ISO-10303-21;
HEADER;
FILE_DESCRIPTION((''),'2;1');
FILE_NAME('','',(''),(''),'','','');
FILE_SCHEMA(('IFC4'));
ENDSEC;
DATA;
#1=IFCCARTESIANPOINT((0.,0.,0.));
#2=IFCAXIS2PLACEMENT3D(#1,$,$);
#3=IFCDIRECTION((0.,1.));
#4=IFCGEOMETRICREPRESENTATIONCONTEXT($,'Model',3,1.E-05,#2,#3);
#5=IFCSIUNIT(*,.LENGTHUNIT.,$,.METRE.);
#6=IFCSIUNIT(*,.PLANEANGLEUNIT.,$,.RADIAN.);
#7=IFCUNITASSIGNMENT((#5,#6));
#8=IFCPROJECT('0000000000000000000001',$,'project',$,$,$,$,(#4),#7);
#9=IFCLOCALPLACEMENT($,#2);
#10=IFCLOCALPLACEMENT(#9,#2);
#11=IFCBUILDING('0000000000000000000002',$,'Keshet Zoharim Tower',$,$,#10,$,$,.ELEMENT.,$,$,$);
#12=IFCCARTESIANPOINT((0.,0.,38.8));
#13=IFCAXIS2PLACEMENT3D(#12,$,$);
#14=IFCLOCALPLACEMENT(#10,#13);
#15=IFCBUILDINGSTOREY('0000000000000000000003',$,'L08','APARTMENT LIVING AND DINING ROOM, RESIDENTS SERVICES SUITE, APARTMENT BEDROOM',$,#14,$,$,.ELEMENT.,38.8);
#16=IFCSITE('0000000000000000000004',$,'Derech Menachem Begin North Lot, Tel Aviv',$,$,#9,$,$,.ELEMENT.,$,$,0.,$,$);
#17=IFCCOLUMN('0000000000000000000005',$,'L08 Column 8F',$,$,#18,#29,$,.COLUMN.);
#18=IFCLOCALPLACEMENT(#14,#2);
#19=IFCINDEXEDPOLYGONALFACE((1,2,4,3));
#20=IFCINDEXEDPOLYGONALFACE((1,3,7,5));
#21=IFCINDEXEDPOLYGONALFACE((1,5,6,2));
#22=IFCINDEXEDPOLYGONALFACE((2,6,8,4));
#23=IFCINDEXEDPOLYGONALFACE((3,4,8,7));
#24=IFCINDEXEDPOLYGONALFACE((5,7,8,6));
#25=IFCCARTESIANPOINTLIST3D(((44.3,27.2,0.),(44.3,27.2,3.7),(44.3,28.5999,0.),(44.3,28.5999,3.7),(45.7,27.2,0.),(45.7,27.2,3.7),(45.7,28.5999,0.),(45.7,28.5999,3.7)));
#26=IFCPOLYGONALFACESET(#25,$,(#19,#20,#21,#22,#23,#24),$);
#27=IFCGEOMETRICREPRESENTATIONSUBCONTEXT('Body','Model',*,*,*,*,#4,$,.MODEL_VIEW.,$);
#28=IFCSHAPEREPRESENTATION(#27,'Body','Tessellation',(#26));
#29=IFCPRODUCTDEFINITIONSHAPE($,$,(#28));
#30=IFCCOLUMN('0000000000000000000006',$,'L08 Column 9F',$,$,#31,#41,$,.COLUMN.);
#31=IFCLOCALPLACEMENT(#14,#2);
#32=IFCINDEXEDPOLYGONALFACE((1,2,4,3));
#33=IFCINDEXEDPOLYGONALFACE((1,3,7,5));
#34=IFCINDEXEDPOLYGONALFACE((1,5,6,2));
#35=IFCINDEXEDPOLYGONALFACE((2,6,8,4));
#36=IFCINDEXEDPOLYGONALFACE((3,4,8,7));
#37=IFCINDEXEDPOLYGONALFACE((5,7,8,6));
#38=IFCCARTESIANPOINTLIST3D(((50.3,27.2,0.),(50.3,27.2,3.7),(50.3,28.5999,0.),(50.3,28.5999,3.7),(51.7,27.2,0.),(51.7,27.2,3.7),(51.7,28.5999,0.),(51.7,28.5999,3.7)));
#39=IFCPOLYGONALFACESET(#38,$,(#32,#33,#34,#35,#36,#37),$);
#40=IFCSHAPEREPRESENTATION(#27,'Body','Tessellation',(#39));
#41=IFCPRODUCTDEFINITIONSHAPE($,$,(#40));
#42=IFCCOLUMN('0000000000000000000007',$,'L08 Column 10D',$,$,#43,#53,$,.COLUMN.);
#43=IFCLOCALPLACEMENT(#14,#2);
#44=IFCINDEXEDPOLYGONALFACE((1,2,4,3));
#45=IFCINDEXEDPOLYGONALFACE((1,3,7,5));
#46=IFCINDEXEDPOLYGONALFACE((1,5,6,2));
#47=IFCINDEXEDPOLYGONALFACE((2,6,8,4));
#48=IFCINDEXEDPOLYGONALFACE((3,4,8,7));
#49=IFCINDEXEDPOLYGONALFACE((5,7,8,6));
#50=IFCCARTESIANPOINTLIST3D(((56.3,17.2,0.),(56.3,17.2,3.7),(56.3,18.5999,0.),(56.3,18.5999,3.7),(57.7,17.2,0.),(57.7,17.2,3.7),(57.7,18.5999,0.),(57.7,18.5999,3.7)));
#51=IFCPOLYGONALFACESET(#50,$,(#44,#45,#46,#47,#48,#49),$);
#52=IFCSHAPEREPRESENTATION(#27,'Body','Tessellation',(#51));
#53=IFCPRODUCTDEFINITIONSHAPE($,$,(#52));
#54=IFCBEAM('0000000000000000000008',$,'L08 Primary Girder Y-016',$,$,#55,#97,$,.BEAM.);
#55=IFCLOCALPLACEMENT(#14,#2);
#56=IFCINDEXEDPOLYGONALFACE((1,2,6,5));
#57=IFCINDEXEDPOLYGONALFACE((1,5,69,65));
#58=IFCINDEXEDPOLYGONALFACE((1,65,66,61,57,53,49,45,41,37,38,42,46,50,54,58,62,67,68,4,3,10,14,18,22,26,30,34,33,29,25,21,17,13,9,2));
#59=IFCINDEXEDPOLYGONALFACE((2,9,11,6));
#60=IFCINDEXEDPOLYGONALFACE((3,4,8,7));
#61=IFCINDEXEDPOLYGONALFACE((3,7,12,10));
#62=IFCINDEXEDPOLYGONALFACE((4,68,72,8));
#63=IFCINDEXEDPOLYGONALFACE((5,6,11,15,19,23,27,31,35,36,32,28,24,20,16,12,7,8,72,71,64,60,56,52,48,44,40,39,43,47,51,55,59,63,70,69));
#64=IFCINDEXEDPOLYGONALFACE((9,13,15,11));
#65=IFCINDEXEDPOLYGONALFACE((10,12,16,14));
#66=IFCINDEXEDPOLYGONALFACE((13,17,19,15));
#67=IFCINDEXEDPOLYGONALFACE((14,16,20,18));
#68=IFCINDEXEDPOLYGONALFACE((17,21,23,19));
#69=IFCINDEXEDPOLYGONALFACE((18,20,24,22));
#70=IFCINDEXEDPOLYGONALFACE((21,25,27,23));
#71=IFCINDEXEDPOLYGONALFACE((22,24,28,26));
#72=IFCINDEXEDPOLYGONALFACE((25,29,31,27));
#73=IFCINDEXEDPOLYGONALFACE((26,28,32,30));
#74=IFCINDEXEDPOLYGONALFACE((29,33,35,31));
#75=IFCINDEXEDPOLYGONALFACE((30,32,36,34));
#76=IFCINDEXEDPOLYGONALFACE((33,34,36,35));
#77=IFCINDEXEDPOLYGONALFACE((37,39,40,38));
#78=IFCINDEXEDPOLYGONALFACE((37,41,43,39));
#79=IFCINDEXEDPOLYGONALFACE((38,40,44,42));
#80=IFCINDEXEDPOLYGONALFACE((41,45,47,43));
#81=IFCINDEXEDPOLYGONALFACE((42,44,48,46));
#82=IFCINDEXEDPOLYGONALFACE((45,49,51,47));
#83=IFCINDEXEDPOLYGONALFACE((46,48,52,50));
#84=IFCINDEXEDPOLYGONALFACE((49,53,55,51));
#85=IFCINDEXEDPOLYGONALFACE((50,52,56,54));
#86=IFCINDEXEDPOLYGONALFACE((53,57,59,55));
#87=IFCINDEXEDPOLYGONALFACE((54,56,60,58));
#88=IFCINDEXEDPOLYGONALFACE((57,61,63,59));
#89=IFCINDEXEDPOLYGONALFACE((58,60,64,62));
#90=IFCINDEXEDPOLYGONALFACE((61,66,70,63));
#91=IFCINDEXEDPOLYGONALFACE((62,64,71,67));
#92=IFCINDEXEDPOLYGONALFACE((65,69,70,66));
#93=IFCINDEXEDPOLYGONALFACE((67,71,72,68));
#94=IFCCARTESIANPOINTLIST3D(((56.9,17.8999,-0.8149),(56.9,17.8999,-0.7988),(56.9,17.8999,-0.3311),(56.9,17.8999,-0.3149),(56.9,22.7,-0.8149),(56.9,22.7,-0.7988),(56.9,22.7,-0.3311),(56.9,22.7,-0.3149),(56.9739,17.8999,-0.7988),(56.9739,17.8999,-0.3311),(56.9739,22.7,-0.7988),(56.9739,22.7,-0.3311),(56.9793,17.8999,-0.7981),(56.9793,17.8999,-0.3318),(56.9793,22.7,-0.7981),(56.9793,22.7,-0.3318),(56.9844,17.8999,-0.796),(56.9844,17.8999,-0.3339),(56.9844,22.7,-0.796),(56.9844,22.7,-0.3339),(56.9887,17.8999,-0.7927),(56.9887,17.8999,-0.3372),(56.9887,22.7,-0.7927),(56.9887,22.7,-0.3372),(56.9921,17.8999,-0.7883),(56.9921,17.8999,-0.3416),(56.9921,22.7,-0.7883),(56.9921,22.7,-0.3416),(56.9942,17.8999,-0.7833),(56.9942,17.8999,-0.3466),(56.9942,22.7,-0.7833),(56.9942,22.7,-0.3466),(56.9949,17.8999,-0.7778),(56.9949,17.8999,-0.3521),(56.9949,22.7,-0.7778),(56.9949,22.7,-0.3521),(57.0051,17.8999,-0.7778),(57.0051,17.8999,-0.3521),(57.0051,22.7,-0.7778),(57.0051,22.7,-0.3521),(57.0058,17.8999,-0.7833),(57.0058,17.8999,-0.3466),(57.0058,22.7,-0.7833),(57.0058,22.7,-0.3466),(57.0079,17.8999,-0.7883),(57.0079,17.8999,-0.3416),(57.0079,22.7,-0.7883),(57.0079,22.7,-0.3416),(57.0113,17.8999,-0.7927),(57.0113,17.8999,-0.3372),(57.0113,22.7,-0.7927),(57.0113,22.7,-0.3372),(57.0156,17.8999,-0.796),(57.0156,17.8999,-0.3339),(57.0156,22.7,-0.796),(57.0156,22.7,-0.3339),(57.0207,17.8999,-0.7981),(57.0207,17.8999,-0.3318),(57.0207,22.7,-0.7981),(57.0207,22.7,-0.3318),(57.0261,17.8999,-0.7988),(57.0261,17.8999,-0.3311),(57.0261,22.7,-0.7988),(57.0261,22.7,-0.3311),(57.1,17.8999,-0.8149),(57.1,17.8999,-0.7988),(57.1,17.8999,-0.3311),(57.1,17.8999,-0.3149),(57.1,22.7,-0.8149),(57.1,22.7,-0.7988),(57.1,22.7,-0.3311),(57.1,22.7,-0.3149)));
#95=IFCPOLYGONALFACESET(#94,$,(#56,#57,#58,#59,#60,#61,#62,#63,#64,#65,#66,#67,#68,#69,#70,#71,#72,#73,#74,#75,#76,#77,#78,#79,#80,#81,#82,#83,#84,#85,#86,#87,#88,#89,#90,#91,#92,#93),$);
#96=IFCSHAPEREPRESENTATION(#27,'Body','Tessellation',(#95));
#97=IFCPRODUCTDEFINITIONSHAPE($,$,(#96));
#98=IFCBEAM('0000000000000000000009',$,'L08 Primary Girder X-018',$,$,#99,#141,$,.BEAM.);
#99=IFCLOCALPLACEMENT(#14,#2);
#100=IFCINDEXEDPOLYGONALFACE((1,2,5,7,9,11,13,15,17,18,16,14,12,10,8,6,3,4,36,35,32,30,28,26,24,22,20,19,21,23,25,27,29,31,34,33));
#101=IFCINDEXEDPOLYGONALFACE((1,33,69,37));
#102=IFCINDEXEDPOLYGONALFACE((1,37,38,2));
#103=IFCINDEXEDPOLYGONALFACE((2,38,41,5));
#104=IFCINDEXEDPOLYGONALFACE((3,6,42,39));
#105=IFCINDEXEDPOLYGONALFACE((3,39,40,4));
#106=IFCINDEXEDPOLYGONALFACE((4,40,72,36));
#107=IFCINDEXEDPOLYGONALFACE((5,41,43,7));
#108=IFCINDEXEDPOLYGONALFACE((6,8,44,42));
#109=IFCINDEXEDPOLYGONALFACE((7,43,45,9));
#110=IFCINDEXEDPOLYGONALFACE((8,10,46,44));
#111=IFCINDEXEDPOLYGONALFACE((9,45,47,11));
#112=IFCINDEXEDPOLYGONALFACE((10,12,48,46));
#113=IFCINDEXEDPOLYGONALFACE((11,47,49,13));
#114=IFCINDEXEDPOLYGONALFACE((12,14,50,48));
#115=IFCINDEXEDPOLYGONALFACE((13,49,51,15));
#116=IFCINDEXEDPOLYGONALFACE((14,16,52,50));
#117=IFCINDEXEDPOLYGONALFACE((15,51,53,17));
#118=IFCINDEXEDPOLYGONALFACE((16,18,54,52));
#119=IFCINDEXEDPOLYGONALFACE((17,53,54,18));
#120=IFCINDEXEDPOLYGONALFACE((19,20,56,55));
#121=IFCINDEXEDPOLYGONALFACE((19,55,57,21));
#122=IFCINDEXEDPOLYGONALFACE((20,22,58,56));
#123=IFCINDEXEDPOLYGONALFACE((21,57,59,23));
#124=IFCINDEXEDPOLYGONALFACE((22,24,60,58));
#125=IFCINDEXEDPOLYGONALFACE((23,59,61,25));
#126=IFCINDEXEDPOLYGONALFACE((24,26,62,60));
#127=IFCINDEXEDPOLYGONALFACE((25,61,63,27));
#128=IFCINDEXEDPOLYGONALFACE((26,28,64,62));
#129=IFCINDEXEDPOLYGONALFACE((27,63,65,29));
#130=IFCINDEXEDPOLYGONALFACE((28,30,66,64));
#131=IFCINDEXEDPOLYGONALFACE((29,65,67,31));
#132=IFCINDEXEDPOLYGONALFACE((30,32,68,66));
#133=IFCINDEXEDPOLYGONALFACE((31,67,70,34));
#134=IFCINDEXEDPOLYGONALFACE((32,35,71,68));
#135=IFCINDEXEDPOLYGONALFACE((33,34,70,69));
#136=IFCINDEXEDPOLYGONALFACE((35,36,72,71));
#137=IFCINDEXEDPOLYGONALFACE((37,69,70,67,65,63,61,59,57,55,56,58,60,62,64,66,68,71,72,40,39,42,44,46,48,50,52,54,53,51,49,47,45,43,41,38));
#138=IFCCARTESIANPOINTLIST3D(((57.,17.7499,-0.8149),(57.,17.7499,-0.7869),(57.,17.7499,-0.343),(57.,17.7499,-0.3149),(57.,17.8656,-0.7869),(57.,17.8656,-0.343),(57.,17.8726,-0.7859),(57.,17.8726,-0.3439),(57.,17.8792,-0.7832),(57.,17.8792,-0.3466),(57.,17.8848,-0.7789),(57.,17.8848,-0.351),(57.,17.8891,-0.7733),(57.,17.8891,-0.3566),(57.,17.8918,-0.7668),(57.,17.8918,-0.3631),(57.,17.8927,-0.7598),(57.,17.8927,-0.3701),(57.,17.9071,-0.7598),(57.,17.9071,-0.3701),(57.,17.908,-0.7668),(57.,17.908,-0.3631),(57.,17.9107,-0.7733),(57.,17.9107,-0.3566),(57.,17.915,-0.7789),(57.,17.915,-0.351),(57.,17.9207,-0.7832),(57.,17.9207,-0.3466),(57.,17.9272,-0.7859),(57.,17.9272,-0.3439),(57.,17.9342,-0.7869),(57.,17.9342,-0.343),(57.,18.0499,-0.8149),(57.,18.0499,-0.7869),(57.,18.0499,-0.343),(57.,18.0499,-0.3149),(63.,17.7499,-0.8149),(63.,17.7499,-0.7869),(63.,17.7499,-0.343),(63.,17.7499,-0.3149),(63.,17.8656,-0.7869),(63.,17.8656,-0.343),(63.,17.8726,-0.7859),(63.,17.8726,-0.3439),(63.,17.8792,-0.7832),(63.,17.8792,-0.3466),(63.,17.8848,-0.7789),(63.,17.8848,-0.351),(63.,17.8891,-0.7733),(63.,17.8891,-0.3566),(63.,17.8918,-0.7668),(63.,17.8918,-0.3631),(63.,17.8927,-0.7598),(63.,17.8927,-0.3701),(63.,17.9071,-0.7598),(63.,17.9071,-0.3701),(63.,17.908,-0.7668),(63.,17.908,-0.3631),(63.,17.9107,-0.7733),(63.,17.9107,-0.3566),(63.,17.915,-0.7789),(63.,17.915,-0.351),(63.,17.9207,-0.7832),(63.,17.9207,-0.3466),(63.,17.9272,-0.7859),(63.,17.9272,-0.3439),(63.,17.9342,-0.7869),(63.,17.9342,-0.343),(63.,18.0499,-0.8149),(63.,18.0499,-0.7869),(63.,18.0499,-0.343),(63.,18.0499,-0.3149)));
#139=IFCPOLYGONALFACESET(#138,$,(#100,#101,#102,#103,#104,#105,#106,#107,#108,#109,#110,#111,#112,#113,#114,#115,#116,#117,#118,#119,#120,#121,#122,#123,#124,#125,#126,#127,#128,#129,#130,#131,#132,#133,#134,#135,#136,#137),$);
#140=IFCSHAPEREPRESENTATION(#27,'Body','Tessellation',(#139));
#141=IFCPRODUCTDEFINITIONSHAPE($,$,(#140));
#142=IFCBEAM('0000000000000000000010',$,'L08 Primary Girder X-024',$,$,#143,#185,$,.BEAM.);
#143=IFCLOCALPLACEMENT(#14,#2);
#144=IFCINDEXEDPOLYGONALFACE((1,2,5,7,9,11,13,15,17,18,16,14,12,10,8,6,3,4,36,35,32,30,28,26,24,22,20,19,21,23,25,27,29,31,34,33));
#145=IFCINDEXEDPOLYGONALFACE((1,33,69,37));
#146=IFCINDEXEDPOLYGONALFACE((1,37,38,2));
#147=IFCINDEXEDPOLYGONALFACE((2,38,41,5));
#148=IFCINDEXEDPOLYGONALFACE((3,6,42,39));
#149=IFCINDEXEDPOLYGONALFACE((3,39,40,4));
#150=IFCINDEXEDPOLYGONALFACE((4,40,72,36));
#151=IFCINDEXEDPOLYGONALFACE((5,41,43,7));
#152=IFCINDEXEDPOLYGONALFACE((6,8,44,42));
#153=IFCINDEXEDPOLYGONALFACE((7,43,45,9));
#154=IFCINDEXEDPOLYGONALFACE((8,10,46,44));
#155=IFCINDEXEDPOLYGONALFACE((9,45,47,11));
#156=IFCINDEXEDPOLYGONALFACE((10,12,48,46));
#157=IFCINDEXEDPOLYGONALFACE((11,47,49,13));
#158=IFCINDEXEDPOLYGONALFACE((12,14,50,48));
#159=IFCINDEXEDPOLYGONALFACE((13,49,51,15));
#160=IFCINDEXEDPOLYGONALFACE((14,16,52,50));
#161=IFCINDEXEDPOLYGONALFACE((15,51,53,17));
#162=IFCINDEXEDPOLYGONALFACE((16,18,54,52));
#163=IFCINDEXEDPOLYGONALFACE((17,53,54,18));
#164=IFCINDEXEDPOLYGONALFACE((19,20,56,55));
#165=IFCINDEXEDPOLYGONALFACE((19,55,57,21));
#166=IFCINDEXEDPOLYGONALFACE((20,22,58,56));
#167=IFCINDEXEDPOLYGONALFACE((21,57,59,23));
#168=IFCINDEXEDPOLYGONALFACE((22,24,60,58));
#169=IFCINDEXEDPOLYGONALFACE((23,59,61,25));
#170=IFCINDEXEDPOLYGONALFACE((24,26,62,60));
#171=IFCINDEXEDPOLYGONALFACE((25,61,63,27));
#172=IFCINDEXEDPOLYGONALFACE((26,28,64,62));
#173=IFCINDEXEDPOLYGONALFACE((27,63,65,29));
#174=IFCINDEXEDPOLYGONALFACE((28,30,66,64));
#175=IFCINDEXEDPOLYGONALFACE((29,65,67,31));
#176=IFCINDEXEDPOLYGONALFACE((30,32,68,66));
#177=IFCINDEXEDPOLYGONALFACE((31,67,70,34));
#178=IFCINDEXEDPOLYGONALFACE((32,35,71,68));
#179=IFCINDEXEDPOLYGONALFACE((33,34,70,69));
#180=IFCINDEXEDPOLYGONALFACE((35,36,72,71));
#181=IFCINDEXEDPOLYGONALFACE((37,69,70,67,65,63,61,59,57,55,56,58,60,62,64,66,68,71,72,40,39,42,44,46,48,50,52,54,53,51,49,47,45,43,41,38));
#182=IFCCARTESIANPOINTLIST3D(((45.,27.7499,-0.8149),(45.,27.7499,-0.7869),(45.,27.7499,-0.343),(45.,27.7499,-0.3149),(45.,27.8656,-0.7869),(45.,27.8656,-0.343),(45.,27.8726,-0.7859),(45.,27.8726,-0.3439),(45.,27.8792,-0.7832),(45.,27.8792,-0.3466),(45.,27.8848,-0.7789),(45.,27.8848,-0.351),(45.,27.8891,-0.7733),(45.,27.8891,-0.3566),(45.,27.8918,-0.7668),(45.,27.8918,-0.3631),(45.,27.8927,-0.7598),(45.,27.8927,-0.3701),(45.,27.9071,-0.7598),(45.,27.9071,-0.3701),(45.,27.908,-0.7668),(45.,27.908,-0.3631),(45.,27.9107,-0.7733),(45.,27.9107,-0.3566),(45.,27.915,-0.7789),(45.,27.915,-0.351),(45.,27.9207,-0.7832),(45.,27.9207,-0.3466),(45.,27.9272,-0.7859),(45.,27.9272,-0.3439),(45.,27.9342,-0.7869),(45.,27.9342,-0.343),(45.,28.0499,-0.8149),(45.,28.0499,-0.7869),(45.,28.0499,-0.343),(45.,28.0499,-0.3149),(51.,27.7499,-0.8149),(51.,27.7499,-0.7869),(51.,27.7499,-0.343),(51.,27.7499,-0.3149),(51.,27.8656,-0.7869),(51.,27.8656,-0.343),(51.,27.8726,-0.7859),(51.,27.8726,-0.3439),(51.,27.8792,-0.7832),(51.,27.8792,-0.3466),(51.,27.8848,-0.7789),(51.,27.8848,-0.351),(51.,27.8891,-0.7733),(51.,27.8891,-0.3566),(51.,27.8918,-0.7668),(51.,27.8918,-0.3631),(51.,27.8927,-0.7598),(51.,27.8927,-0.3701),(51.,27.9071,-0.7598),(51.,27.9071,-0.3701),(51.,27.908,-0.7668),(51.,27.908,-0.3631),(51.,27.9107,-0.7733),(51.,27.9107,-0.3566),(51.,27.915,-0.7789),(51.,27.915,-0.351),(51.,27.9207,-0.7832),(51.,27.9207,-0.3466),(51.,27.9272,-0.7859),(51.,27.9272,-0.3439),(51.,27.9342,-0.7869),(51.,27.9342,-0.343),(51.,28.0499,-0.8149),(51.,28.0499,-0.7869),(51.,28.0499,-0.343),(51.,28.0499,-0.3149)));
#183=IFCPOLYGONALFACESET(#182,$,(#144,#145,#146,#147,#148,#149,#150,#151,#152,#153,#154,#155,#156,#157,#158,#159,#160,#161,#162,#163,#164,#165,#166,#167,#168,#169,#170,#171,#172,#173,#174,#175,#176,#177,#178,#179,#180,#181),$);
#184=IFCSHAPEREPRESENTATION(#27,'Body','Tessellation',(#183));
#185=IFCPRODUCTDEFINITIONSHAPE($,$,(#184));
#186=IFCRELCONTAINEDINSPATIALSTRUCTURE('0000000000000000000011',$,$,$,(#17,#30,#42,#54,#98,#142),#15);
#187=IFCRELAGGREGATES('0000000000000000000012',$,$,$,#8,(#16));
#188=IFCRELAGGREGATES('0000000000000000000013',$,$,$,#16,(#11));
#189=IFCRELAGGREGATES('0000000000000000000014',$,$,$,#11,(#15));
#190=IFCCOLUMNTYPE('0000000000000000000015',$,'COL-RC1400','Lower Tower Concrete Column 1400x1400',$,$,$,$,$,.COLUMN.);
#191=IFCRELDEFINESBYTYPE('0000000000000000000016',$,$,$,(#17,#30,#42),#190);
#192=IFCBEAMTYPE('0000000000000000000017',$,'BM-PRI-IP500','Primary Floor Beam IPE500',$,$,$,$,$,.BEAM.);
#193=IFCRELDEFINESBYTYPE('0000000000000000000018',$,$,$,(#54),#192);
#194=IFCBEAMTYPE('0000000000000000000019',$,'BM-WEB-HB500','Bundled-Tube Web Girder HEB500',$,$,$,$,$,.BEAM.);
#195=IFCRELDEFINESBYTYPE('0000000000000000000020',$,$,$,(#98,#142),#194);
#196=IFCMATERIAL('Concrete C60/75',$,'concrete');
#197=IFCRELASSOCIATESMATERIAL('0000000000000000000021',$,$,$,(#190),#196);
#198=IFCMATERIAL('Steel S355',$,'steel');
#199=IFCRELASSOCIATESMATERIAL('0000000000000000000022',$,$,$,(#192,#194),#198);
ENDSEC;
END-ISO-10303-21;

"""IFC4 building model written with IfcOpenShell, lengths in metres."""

from ifc_helpers import new_model, si_unit, direction, frame, origin, origin_2d, place, context, subcontext, project, spatial, rectangle, i_section, extrude, material, material_profile, profile_set, type_object, element, save


model = new_model("IFC4")

# Units and contexts
model_context = context("Model", 3, precision=1e-05, world=origin(), true_north=direction((0.0, 1.0)))
body_context = subcontext(model_context, "Body", "Model", "MODEL_VIEW")
ifc_project = project(units=[si_unit("LENGTHUNIT", "METRE"), si_unit("PLANEANGLEUNIT", "RADIAN")], contexts=[model_context])

# Site, building, storey
site_placement = place(None, origin())
site = spatial("IfcSite", under=ifc_project, at=site_placement, Name="Derech Menachem Begin North Lot, Tel Aviv", CompositionType="ELEMENT", RefElevation=0.0)
building_placement = place(site_placement, origin())
building = spatial("IfcBuilding", under=site, at=building_placement, Name="Keshet Zoharim Tower", CompositionType="ELEMENT")
storey_placement = place(building_placement, frame((0.0, 0.0, 38.8)))
storey = spatial("IfcBuildingStorey", under=building, at=storey_placement, Name="L08", Description="APARTMENT LIVING AND DINING ROOM, RESIDENTS SERVICES SUITE, APARTMENT BEDROOM", CompositionType="ELEMENT", Elevation=38.8)

# Columns
ifc_material_1 = material(Name="Concrete C60/75", Category="concrete")
ifc_material_profile_1 = material_profile(ifc_material_1, rectangle(XDim=1.3999, YDim=1.3999, at=origin_2d()), Name="RC1400x1400")
ifc_profile_set_1 = profile_set([ifc_material_profile_1], Name="Concrete C60/75")
column_type = type_object("IfcColumnType", Name="COL-RC1400", Description="Lower Tower Concrete Column 1400x1400", PredefinedType="COLUMN", material=ifc_profile_set_1)
for number, where, z_axis, x_axis, name in (
    (1, (45.0, 27.8999, 0.0), (0.0, 0.0, 1.0), (1.0, 0.0, 0.0), "L08 Column 8F"),
    (2, (51.0, 27.8999, 0.0), (0.0, 0.0, 1.0), (1.0, 0.0, 0.0), "L08 Column 9F"),
    (3, (57.0, 17.8999, 0.0), (0.0, 0.0, 1.0), (1.0, 0.0, 0.0), "L08 Column 10D"),
):
    element("IfcColumn", number, at=place(storey_placement, frame(where, z_axis=z_axis, x_axis=x_axis)), inside=storey, type_object=column_type, Name=name, PredefinedType="COLUMN", context=body_context, shape_type="SweptSolid", body=[
        extrude(rectangle(XDim=1.3999, YDim=1.3999, at=origin_2d()), origin(), (0.0, 0.0, 1.0), 3.7),
    ])

# Beams
ifc_material_2 = material(Name="Steel S355", Category="steel")
ifc_material_profile_2 = material_profile(ifc_material_2, i_section(OverallWidth=0.2, OverallDepth=0.5, WebThickness=0.0103, FlangeThickness=0.0161, FilletRadius=0.021, at=origin_2d()), Name="IPE500")
ifc_profile_set_2 = profile_set([ifc_material_profile_2], Name="Steel S355")
beam_type_1 = type_object("IfcBeamType", Name="BM-PRI-IP500", Description="Primary Floor Beam IPE500", PredefinedType="BEAM", material=ifc_profile_set_2)
beam_placement = place(storey_placement, frame((57.0, 17.8999, -0.5649), z_axis=(0.0, 1.0, 0.0), x_axis=(-1.0, 0.0, 0.0)))
element("IfcBeam", 4, at=beam_placement, inside=storey, type_object=beam_type_1, Name="L08 Primary Girder Y-016", PredefinedType="BEAM", context=body_context, shape_type="SweptSolid", body=[
    extrude(i_section(OverallWidth=0.2, OverallDepth=0.5, WebThickness=0.0103, FlangeThickness=0.0161, FilletRadius=0.021, at=origin_2d()), origin(), (0.0, 0.0, 1.0), 4.8),
])
ifc_material_profile_3 = material_profile(ifc_material_2, i_section(OverallWidth=0.3, OverallDepth=0.5, WebThickness=0.0144, FlangeThickness=0.0281, FilletRadius=0.0271, at=origin_2d()), Name="HEB500")
ifc_profile_set_3 = profile_set([ifc_material_profile_3], Name="Steel S355")
beam_type_2 = type_object("IfcBeamType", Name="BM-WEB-HB500", Description="Bundled-Tube Web Girder HEB500", PredefinedType="BEAM", material=ifc_profile_set_3)
for number, where, z_axis, x_axis, name in (
    (5, (57.0, 17.8999, -0.5649), (1.0, 0.0, 0.0), (0.0, 1.0, 0.0), "L08 Primary Girder X-018"),
    (6, (45.0, 27.8999, -0.5649), (1.0, 0.0, 0.0), (0.0, 1.0, 0.0), "L08 Primary Girder X-024"),
):
    element("IfcBeam", number, at=place(storey_placement, frame(where, z_axis=z_axis, x_axis=x_axis)), inside=storey, type_object=beam_type_2, Name=name, PredefinedType="BEAM", context=body_context, shape_type="SweptSolid", body=[
        extrude(i_section(OverallWidth=0.3, OverallDepth=0.5, WebThickness=0.0144, FlangeThickness=0.0281, FilletRadius=0.0271, at=origin_2d()), origin(), (0.0, 0.0, 1.0), 6.0),
    ])

save(model, "model.ifc")
